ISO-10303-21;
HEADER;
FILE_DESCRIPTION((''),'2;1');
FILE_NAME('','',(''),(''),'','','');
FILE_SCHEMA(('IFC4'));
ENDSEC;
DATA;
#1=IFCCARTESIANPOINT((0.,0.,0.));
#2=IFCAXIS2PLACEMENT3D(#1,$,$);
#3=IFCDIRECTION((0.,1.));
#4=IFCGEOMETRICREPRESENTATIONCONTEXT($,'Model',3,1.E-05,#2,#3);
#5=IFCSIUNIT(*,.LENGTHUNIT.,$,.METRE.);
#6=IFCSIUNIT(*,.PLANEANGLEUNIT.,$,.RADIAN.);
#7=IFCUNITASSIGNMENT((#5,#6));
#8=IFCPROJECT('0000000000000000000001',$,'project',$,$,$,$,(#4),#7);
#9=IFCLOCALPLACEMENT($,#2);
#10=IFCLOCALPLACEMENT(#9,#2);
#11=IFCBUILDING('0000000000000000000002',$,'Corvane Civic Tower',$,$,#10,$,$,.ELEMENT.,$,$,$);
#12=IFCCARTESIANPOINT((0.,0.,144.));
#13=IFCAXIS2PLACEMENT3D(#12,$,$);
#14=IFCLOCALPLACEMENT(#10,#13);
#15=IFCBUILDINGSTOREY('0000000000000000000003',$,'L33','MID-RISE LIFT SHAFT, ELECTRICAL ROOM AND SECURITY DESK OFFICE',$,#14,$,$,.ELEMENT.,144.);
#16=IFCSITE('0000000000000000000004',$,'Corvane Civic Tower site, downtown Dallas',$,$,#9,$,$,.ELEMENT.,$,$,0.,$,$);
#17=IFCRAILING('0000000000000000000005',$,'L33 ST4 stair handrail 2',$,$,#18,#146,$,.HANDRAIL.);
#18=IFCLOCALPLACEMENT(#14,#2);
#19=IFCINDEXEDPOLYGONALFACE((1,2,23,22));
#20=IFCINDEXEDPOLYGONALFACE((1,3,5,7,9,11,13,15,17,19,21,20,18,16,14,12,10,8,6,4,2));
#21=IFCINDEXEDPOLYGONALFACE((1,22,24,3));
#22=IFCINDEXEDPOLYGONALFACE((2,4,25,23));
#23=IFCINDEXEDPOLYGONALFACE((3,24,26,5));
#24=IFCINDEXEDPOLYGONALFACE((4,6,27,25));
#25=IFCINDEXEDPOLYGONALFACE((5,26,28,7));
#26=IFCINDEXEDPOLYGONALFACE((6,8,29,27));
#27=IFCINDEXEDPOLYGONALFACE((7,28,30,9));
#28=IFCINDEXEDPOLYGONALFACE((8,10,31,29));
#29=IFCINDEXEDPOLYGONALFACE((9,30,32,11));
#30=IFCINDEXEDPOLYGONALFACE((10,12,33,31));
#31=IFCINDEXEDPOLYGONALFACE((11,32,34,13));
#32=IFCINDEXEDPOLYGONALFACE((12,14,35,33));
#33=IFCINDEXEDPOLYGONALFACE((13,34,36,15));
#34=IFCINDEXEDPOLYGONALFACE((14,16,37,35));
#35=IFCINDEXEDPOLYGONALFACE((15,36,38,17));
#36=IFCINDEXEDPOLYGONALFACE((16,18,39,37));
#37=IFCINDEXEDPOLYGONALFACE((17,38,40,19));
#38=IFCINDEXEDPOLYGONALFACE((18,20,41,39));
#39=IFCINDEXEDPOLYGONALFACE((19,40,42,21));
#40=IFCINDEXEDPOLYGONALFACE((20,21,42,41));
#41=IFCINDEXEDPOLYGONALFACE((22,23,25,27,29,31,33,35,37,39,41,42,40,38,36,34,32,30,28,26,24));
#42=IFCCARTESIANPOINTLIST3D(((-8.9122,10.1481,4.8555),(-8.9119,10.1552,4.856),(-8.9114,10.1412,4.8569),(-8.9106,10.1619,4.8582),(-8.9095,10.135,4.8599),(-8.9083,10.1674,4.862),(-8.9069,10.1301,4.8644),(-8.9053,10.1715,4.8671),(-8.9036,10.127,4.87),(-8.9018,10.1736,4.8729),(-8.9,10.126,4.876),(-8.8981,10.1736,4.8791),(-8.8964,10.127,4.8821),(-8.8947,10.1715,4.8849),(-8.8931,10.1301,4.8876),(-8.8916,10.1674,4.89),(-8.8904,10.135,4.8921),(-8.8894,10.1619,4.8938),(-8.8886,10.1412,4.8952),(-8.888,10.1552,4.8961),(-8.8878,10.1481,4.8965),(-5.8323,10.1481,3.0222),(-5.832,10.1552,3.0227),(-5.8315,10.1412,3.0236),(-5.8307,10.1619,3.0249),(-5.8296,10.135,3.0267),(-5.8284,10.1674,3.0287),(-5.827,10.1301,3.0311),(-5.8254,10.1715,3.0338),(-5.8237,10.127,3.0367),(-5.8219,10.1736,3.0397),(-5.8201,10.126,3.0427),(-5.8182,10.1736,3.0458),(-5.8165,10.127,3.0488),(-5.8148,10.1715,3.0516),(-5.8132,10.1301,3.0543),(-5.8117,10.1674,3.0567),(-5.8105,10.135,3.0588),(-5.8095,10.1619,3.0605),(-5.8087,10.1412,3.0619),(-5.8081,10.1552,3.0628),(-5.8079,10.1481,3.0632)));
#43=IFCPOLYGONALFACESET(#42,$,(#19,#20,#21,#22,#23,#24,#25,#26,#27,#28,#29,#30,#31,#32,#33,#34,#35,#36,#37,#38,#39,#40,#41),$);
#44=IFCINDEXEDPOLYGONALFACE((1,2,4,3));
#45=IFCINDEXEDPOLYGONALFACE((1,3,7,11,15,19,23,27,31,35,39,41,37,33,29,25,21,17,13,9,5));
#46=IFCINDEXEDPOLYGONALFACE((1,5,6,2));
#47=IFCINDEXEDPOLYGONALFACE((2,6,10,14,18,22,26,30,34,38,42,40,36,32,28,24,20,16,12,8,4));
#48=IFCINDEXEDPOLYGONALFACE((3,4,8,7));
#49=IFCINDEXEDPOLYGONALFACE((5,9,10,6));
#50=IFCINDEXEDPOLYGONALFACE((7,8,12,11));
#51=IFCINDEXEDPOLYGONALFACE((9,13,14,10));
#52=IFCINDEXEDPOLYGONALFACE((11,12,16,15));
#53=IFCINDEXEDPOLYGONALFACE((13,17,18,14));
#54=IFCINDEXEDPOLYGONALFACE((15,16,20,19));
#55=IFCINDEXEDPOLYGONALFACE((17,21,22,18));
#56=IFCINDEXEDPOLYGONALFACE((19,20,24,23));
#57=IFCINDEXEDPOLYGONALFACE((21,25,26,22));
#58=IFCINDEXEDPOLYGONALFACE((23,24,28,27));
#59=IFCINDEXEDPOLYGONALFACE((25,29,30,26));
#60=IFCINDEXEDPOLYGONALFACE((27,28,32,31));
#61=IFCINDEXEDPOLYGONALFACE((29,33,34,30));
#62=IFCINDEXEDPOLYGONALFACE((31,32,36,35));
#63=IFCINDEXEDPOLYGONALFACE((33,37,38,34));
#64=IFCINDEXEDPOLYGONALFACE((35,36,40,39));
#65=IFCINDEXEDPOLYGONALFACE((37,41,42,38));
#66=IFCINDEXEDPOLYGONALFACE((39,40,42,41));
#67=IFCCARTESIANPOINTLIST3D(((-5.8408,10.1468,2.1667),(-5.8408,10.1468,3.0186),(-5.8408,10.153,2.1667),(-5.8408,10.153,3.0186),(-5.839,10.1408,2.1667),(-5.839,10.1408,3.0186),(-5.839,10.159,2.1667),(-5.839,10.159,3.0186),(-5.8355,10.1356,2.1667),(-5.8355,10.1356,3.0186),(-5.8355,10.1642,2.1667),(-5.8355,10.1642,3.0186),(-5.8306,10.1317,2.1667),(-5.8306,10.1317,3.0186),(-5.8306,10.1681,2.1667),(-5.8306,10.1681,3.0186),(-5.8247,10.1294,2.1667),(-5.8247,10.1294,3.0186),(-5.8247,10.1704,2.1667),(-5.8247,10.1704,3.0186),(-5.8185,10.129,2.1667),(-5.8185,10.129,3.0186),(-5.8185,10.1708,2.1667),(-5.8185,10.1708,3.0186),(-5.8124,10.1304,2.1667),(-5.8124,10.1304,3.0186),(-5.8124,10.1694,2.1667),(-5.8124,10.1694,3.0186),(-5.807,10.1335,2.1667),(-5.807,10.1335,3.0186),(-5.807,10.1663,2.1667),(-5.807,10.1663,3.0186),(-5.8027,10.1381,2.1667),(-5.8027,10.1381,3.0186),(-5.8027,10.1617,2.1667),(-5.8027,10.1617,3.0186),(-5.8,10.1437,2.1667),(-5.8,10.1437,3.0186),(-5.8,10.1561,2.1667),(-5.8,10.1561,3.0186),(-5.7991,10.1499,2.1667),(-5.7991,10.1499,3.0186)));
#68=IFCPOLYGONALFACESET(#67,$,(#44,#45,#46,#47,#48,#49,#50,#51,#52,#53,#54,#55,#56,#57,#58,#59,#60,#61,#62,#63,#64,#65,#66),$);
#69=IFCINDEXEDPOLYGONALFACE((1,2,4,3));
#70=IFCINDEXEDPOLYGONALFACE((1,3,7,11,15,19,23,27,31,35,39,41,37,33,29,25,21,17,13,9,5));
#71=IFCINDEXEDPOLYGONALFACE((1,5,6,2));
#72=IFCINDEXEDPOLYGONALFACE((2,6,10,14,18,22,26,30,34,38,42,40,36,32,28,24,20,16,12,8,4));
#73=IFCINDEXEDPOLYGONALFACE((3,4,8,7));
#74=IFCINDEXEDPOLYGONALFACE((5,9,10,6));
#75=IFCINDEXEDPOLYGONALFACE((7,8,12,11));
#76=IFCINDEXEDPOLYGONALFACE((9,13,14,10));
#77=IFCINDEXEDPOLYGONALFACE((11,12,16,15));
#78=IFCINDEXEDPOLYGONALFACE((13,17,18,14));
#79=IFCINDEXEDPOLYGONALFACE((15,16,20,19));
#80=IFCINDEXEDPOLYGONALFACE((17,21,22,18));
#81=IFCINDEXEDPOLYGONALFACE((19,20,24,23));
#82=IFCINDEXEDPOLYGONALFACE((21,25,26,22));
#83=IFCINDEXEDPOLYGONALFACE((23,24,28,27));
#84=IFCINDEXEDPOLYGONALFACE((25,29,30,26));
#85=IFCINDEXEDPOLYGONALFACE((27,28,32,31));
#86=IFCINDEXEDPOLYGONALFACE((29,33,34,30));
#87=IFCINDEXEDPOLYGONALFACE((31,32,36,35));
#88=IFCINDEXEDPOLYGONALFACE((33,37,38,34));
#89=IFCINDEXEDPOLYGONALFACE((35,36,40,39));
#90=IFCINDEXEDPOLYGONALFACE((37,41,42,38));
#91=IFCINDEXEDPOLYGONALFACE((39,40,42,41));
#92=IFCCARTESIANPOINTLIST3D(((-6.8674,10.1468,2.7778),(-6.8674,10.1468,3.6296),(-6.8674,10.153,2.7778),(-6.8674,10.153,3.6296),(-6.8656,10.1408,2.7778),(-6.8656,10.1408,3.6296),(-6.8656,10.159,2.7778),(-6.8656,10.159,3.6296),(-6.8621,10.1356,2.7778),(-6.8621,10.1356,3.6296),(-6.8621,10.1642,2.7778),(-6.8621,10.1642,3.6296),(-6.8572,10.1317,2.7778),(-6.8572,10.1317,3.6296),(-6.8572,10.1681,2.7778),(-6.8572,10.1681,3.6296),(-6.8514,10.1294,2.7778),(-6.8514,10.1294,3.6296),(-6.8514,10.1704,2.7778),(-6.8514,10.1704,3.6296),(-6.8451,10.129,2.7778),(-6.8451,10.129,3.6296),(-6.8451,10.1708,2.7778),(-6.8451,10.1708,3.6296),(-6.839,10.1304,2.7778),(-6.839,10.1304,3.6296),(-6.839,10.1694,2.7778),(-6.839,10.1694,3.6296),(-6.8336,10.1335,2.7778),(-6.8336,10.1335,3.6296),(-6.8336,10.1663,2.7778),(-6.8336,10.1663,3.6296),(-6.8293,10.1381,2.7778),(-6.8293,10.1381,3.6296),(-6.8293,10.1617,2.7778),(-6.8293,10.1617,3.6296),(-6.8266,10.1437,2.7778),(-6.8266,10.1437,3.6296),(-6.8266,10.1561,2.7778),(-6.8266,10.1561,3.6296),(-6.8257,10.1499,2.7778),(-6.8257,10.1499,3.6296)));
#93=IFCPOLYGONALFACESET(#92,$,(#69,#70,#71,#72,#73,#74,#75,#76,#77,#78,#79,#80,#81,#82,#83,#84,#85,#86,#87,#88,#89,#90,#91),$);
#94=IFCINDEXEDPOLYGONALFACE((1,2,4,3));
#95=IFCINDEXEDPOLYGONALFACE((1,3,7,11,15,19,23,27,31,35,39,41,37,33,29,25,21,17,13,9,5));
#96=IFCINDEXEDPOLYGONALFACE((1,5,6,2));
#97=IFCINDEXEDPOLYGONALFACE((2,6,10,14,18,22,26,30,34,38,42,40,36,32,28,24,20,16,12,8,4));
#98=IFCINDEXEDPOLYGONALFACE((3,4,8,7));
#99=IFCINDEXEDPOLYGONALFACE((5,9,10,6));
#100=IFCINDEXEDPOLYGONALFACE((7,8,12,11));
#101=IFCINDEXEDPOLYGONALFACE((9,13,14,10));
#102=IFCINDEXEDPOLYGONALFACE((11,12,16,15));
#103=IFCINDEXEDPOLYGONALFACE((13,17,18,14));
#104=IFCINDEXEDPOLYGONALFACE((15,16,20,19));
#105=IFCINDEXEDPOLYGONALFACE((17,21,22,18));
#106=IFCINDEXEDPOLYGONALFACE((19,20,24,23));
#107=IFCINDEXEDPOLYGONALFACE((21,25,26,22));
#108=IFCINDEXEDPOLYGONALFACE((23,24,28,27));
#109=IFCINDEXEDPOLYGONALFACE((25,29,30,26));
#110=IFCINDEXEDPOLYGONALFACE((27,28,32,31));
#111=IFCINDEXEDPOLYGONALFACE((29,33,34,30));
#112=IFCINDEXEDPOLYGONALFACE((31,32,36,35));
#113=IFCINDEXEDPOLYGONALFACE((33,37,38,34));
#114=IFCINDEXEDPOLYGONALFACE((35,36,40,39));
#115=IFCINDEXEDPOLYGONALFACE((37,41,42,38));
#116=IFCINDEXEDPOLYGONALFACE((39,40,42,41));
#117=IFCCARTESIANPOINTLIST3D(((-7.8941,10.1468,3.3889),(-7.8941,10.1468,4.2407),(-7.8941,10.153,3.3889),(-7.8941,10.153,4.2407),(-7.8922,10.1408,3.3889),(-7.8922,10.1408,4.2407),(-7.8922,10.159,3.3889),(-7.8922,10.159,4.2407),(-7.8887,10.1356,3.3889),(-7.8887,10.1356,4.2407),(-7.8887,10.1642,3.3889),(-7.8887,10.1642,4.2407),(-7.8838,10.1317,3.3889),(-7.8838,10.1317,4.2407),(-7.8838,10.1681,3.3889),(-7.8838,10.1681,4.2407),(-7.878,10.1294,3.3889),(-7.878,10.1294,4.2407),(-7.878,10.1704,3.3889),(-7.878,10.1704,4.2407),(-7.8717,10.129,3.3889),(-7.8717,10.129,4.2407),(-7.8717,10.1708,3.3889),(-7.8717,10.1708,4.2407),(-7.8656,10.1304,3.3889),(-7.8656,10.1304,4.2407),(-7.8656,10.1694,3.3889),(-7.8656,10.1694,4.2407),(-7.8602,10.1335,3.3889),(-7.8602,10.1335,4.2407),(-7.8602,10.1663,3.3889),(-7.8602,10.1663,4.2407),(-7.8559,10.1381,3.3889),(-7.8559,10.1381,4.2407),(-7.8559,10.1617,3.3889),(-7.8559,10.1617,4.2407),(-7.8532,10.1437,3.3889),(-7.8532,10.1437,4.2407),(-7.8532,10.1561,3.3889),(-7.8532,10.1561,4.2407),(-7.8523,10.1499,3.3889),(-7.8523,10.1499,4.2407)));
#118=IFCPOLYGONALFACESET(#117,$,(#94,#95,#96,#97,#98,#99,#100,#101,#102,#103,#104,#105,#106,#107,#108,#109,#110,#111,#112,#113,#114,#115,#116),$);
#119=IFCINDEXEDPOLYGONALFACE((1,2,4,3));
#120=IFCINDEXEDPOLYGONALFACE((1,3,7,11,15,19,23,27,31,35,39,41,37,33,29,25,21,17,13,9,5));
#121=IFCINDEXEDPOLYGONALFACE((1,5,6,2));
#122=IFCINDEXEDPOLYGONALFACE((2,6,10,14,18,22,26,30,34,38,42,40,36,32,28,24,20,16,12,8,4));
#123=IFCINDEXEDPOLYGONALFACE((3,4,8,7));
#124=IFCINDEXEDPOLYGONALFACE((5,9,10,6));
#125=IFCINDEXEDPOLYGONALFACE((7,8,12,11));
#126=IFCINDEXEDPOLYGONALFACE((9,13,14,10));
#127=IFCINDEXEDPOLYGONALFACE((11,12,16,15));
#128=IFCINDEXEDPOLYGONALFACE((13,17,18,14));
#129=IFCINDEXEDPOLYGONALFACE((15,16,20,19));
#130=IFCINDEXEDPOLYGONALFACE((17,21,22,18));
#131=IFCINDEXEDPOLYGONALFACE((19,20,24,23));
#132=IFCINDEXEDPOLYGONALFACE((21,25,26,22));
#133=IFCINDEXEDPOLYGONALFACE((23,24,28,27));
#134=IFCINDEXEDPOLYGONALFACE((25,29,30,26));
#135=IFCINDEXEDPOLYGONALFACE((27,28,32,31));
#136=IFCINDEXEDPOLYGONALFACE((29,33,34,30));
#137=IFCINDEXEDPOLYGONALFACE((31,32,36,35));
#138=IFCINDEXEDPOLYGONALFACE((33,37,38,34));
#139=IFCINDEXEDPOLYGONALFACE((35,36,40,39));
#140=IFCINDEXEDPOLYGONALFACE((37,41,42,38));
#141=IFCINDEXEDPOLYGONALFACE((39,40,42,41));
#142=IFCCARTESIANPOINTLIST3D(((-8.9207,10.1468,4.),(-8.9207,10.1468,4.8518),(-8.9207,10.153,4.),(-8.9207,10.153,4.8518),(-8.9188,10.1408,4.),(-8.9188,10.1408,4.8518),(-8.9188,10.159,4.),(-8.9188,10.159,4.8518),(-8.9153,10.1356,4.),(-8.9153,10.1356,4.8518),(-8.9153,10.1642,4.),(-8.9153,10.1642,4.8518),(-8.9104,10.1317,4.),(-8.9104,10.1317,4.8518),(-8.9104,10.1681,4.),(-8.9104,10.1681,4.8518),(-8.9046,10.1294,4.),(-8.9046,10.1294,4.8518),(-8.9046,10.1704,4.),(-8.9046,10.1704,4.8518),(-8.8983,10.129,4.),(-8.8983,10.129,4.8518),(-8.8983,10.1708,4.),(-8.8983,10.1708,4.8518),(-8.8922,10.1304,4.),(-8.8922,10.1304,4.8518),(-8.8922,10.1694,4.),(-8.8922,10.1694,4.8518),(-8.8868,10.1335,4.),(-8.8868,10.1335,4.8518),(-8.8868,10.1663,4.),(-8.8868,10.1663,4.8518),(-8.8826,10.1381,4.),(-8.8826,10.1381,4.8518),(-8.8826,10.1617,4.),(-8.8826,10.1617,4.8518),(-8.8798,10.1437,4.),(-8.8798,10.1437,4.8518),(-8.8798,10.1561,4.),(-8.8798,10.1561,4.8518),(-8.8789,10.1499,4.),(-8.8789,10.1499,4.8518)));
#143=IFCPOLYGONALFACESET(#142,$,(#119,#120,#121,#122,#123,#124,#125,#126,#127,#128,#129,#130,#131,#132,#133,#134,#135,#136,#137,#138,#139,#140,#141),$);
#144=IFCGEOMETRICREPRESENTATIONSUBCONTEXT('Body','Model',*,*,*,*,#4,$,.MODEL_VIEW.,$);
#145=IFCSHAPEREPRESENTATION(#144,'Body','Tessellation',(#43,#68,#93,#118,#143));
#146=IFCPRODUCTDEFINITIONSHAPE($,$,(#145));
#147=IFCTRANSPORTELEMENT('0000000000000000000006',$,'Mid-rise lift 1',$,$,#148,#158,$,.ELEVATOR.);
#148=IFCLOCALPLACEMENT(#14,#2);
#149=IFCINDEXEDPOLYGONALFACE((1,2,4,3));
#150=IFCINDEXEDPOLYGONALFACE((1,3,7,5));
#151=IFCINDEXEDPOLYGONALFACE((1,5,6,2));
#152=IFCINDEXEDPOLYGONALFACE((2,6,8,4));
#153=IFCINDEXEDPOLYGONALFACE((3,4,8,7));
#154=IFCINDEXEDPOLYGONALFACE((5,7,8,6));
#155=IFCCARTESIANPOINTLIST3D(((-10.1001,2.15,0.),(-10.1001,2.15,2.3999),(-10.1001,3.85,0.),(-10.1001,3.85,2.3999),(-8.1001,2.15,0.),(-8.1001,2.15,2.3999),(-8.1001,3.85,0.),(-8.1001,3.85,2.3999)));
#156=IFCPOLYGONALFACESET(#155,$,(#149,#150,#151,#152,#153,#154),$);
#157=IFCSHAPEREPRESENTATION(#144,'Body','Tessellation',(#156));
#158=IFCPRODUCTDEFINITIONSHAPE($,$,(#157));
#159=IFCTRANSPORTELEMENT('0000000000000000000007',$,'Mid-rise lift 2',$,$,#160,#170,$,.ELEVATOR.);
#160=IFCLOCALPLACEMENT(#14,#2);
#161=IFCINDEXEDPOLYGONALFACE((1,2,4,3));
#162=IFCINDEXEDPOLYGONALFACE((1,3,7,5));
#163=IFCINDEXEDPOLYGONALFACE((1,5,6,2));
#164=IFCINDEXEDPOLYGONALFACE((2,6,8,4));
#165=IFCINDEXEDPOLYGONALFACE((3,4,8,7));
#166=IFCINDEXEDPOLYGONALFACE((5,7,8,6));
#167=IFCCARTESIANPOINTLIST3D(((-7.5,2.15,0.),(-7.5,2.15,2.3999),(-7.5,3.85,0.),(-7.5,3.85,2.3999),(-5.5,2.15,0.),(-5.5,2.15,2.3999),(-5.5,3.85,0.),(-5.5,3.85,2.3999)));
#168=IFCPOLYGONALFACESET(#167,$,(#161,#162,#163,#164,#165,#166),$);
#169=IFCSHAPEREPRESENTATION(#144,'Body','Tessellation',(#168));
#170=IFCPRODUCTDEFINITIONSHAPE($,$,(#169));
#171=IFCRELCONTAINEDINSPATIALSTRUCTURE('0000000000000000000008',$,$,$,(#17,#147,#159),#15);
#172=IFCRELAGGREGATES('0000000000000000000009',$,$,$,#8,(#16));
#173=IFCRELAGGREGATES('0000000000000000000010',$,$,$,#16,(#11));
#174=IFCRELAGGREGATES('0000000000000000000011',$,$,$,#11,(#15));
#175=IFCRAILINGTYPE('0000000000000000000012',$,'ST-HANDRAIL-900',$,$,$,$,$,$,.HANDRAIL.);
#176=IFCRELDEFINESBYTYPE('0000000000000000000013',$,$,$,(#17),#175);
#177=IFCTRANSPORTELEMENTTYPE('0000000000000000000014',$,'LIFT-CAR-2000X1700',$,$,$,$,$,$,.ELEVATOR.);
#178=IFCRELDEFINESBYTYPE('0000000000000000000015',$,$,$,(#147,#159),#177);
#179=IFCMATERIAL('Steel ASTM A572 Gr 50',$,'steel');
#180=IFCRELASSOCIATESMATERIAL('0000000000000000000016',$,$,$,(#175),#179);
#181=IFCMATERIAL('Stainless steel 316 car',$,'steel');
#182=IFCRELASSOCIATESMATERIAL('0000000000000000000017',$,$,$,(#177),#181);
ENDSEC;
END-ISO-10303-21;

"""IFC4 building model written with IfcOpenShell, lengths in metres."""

from ifc_helpers import new_model, si_unit, direction, frame, origin, origin_2d, place, context, subcontext, project, spatial, rectangle, circle, extrude, material, type_object, element, save


model = new_model("IFC4")

# Units and contexts
model_context = context("Model", 3, precision=1e-05, world=origin(), true_north=direction((0.0, 1.0)))
body_context = subcontext(model_context, "Body", "Model", "MODEL_VIEW")
ifc_project = project(units=[si_unit("LENGTHUNIT", "METRE"), si_unit("PLANEANGLEUNIT", "RADIAN")], contexts=[model_context])

# Site, building, storey
site_placement = place(None, origin())
site = spatial("IfcSite", under=ifc_project, at=site_placement, Name="Corvane Civic Tower site, downtown Dallas", CompositionType="ELEMENT", RefElevation=0.0)
building_placement = place(site_placement, origin())
building = spatial("IfcBuilding", under=site, at=building_placement, Name="Corvane Civic Tower", CompositionType="ELEMENT")
storey_placement = place(building_placement, frame((0.0, 0.0, 144.0)))
storey = spatial("IfcBuildingStorey", under=building, at=storey_placement, Name="L33", Description="MID-RISE LIFT SHAFT, ELECTRICAL ROOM AND SECURITY DESK OFFICE", CompositionType="ELEMENT", Elevation=144.0)

# Railing
ifc_material_1 = material(Name="Steel ASTM A572 Gr 50", Category="steel")
railing_type_1 = type_object("IfcRailingType", Name="ST-HANDRAIL-900", PredefinedType="HANDRAIL", material=ifc_material_1)
railing_1_placement = place(storey_placement, frame((-5.8201, 10.1499, 2.1667)))
element("IfcRailing", 1, at=railing_1_placement, inside=storey, type_object=railing_type_1, Name="L33 ST4 stair handrail 2", PredefinedType="HANDRAIL", context=body_context, shape_type="SweptSolid", body=[
    extrude(circle(Radius=0.0239, at=origin_2d()), frame((0.0, 0.0, 0.876), z_axis=(-0.859291, 0.0, 0.511487), x_axis=(0.0, -1.0, 0.0)), (0.0, 0.0, 1.0), 3.5842),
    extrude(circle(Radius=0.021, at=origin_2d()), origin(), (0.0, 0.0, 1.0), 0.8518),
    extrude(circle(Radius=0.021, at=origin_2d()), frame((-1.0266, 0.0, 0.6111)), (0.0, 0.0, 1.0), 0.8518),
    extrude(circle(Radius=0.021, at=origin_2d()), frame((-2.0532, 0.0, 1.2222)), (0.0, 0.0, 1.0), 0.8518),
    extrude(circle(Radius=0.021, at=origin_2d()), frame((-3.0798, 0.0, 1.8333)), (0.0, 0.0, 1.0), 0.8518),
])

# Transport elements
ifc_material_2 = material(Name="Stainless steel 316 car", Category="steel")
transport_element_type = type_object("IfcTransportElementType", Name="LIFT-CAR-2000X1700", PredefinedType="ELEVATOR", material=ifc_material_2)
for number, where, z_axis, x_axis, name in (
    (2, (-9.1001, 3.0, 0.0), (0.0, 0.0, 1.0), (1.0, 0.0, 0.0), "Mid-rise lift 1"),
    (3, (-6.5, 3.0, 0.0), (0.0, 0.0, 1.0), (1.0, 0.0, 0.0), "Mid-rise lift 2"),
):
    element("IfcTransportElement", number, at=place(storey_placement, frame(where, z_axis=z_axis, x_axis=x_axis)), inside=storey, type_object=transport_element_type, Name=name, PredefinedType="ELEVATOR", context=body_context, shape_type="SweptSolid", body=[
        extrude(rectangle(XDim=2.0, YDim=1.7, at=origin_2d()), origin(), (0.0, 0.0, 1.0), 2.3999),
    ])

save(model, "model.ifc")
